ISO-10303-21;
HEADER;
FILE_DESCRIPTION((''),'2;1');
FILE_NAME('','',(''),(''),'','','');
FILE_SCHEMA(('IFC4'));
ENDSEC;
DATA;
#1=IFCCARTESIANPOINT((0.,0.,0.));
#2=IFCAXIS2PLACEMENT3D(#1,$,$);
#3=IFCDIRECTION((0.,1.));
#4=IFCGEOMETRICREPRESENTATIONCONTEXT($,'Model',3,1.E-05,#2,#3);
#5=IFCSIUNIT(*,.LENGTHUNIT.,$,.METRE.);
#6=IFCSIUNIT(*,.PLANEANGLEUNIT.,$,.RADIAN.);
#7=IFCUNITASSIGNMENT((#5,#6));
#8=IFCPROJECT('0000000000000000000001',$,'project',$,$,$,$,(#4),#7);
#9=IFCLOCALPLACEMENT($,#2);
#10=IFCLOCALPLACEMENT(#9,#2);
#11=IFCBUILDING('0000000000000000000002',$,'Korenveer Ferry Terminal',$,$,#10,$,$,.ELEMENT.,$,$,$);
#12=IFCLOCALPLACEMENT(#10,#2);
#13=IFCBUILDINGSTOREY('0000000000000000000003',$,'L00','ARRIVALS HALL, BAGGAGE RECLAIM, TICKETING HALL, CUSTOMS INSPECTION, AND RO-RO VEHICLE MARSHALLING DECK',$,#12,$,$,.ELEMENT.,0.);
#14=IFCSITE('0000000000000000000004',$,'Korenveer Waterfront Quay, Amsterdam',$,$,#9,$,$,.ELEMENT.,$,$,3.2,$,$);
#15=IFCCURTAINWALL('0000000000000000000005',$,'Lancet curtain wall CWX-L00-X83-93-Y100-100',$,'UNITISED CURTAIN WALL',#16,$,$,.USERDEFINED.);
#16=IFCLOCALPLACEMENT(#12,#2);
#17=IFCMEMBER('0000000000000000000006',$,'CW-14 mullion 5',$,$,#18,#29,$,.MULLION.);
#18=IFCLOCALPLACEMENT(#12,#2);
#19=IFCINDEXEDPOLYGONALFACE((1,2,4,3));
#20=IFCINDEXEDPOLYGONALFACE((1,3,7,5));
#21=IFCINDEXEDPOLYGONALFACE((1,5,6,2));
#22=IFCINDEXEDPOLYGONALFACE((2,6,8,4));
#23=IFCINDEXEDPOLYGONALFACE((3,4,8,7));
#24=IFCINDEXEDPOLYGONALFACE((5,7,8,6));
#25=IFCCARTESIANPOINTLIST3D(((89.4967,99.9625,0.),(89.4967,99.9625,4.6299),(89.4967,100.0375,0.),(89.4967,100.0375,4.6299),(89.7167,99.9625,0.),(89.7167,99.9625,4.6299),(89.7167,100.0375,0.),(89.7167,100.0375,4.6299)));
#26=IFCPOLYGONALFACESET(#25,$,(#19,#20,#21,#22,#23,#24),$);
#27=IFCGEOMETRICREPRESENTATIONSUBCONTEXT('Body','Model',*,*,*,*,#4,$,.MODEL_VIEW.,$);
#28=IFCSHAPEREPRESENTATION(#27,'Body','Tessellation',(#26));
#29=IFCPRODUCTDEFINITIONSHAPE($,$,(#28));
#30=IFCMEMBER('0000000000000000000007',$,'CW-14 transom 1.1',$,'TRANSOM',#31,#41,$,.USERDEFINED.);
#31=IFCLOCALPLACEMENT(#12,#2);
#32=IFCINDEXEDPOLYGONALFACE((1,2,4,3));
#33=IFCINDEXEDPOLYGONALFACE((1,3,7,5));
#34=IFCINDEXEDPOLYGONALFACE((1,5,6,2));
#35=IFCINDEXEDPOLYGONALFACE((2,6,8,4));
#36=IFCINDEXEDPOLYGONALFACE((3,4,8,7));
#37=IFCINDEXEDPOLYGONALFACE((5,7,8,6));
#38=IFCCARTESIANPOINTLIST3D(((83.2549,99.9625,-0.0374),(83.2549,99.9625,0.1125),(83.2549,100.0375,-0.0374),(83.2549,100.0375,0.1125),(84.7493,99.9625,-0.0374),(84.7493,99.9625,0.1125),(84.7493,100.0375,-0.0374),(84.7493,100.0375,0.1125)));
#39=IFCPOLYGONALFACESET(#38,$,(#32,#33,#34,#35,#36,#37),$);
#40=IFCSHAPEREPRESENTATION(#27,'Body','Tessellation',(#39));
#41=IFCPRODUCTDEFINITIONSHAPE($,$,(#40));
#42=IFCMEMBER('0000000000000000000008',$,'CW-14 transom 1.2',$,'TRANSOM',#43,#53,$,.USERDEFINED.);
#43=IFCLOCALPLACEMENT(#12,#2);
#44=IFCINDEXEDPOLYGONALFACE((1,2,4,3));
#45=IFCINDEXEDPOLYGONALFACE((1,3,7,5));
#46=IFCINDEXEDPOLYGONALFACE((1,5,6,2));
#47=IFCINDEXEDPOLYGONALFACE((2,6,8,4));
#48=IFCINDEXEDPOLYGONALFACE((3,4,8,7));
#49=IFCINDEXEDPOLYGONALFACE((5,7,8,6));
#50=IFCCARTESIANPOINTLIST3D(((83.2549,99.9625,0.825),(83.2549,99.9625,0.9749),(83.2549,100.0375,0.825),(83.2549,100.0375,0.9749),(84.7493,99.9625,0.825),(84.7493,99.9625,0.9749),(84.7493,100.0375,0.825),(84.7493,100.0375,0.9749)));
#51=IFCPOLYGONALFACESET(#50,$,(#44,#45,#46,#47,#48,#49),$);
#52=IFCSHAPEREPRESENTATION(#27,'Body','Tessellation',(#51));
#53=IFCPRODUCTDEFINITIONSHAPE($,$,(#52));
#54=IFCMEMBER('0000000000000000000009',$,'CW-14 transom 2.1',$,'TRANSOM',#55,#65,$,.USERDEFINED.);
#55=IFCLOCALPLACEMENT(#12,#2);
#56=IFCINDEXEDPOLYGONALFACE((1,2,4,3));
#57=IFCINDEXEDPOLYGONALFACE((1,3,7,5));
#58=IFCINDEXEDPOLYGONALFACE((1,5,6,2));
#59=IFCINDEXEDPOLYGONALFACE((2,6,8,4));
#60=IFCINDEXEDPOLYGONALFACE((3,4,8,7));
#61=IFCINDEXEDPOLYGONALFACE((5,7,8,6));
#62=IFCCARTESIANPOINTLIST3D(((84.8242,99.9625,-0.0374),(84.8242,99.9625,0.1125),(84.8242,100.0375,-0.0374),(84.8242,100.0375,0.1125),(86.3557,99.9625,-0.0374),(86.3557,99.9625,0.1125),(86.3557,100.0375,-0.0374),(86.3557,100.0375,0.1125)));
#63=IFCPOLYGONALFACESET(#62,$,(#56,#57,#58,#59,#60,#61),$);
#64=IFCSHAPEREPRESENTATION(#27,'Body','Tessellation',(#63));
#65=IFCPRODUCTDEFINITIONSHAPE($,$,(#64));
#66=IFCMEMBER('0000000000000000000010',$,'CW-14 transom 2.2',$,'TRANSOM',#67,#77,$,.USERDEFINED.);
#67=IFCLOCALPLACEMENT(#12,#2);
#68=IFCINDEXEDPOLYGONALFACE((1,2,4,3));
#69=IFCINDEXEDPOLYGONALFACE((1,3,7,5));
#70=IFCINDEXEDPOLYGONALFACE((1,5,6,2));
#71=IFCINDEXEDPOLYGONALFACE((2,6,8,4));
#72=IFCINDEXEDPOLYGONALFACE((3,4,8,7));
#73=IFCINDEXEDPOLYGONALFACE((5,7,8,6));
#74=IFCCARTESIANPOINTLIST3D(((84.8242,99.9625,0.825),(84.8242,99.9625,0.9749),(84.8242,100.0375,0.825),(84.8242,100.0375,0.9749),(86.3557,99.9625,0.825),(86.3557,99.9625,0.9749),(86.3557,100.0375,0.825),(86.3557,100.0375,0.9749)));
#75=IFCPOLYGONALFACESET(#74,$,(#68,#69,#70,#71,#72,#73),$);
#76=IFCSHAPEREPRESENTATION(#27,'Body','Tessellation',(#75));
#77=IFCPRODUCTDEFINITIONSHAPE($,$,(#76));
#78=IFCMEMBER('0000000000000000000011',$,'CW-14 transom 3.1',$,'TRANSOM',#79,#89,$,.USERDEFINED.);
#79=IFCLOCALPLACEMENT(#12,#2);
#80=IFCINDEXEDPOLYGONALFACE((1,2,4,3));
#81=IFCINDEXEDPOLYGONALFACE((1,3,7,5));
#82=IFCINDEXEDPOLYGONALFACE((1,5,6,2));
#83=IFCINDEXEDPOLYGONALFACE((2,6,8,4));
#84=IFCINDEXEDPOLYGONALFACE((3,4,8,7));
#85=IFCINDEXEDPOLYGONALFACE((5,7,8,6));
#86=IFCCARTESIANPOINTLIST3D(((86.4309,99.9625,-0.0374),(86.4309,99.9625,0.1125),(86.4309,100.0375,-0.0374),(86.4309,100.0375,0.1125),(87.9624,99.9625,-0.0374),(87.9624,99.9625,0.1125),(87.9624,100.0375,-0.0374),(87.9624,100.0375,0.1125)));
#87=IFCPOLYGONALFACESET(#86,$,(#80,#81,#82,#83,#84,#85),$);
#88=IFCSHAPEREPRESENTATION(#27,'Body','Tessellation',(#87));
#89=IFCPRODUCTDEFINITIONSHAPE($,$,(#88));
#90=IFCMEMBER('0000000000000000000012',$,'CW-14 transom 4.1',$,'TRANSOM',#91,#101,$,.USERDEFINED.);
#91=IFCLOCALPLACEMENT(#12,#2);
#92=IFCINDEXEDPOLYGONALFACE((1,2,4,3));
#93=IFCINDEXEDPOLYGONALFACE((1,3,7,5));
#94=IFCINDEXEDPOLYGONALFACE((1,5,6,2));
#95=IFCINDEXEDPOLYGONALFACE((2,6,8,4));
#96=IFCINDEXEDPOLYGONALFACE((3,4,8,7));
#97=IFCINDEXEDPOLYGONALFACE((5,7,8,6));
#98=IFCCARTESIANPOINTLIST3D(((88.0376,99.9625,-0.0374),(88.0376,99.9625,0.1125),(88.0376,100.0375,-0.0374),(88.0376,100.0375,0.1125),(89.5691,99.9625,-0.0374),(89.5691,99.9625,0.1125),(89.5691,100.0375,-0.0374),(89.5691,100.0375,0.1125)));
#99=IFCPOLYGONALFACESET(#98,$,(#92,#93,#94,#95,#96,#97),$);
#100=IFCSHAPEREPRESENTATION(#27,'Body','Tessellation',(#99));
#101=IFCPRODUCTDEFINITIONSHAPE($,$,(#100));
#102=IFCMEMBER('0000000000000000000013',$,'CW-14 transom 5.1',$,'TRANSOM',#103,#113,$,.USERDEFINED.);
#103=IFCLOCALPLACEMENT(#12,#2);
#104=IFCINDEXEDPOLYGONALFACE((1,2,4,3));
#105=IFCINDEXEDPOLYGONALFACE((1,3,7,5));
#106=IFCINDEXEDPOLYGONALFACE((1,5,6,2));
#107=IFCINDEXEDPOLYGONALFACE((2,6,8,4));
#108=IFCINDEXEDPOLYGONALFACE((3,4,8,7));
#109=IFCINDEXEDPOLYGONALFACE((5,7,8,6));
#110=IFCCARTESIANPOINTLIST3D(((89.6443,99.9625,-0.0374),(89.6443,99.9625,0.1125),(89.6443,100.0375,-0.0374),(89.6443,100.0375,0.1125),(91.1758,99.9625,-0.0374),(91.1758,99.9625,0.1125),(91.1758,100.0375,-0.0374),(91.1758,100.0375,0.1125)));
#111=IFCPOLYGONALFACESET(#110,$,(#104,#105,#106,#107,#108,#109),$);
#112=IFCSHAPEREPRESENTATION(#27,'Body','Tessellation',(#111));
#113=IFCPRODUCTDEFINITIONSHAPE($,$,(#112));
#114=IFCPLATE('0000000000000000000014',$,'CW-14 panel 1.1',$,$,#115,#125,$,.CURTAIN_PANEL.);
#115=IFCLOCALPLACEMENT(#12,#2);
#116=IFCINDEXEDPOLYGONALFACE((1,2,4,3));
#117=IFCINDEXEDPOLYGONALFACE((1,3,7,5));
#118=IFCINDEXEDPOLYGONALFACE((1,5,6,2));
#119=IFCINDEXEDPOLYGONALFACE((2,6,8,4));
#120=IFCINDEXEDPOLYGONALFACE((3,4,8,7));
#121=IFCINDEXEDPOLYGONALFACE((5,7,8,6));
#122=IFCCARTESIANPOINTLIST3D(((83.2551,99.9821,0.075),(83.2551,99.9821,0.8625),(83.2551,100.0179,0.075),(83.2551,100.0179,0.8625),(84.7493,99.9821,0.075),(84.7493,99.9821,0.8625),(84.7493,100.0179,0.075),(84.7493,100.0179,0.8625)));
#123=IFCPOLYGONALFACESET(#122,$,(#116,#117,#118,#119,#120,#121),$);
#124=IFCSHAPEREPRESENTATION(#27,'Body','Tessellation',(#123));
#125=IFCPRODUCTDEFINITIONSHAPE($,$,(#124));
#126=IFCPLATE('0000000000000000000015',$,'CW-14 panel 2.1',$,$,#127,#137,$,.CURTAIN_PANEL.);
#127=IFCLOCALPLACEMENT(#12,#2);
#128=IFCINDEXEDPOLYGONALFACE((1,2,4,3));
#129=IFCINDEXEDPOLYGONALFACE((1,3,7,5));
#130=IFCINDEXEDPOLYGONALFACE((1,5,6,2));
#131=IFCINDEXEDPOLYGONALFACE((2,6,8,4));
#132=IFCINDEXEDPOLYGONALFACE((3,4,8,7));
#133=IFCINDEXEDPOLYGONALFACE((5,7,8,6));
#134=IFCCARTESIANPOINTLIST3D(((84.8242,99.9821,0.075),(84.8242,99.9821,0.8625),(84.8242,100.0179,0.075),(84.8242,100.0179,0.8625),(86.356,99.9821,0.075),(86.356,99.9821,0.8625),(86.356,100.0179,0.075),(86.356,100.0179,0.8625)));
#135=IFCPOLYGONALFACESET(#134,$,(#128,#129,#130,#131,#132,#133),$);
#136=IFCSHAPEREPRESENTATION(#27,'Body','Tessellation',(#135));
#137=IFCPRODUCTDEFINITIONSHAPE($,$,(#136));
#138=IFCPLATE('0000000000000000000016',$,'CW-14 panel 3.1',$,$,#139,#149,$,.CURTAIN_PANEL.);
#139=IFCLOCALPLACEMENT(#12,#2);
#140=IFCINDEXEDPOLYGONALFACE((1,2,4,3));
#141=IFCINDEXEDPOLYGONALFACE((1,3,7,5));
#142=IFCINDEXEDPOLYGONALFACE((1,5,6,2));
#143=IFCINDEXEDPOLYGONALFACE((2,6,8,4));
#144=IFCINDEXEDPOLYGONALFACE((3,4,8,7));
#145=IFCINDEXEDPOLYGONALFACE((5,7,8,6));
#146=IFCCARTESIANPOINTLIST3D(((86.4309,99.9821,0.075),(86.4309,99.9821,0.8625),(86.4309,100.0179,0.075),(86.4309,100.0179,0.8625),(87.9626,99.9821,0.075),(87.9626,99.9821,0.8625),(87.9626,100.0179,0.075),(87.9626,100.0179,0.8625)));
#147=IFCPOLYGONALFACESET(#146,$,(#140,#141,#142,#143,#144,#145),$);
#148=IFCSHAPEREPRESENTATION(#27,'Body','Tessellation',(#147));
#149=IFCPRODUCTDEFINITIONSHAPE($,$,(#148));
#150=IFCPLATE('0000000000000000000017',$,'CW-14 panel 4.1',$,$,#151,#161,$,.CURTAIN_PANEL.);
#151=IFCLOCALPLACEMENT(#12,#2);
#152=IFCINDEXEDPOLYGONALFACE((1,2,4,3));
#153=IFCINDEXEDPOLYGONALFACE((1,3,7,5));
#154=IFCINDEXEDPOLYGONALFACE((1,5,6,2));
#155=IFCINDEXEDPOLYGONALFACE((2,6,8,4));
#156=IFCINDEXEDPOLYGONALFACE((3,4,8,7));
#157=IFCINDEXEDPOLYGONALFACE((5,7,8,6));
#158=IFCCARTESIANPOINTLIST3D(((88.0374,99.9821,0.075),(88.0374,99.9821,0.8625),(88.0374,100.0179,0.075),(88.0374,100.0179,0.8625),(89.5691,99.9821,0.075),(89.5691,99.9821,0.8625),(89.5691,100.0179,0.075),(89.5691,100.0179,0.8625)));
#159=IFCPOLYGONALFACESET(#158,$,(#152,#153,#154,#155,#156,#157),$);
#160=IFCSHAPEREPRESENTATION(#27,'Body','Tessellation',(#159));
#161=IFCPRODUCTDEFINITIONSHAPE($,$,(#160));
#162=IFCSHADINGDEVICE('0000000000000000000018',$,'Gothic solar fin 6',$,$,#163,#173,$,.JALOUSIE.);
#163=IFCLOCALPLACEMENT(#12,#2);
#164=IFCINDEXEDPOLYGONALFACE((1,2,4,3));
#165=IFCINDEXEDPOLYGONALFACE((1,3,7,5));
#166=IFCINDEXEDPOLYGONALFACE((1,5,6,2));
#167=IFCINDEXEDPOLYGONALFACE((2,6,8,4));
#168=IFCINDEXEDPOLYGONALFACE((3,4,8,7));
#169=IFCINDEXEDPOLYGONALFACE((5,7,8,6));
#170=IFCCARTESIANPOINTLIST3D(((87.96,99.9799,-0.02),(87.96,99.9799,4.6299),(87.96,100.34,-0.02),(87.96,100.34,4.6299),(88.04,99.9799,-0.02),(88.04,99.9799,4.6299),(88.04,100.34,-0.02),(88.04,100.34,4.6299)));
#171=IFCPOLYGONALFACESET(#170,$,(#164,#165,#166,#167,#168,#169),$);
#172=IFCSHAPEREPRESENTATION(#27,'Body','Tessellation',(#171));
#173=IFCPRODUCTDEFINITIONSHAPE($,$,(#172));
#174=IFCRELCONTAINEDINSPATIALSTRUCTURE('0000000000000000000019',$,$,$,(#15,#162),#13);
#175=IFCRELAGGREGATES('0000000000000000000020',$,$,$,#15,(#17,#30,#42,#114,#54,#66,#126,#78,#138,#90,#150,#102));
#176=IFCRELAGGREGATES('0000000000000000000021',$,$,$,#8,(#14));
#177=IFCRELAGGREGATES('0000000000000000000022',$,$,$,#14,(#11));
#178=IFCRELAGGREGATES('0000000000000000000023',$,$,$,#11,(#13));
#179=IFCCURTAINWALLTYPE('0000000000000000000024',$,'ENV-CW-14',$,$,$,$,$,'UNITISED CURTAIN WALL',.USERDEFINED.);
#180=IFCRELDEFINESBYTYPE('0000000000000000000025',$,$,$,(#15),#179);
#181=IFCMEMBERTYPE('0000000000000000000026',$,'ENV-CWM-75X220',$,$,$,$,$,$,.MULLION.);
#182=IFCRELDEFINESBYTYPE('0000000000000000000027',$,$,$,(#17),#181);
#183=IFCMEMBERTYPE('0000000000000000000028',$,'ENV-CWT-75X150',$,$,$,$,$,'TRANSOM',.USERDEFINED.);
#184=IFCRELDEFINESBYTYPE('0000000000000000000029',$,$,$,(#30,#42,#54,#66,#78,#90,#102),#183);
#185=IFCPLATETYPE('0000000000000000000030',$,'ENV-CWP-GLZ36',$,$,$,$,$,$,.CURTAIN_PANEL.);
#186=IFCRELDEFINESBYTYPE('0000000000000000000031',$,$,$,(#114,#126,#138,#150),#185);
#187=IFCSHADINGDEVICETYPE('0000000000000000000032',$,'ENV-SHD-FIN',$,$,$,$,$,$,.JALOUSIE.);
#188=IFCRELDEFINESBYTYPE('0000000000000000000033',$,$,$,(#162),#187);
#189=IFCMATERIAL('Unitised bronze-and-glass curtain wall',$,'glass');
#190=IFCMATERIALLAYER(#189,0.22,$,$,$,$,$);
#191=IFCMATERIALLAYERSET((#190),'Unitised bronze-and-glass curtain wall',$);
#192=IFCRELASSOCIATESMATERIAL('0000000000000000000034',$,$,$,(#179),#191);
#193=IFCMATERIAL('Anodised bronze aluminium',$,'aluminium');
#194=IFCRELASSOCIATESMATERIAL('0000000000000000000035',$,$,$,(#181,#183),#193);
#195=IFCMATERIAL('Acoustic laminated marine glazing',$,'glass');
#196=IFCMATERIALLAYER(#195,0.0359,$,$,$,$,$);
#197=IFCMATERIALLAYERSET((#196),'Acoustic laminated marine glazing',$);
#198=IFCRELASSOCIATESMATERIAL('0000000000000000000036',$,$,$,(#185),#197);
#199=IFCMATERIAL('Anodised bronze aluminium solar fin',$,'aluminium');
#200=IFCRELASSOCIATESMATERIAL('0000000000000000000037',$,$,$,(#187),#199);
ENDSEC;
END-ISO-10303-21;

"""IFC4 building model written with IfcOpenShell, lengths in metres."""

from ifc_helpers import new_model, si_unit, direction, frame, origin, origin_2d, place, context, subcontext, project, spatial, rectangle, extrude, material, layer, layer_set, material_profile, profile_set, type_object, element, aggregate, save


model = new_model("IFC4")

# Units and contexts
model_context = context("Model", 3, precision=1e-05, world=origin(), true_north=direction((0.0, 1.0)))
body_context = subcontext(model_context, "Body", "Model", "MODEL_VIEW")
ifc_project = project(units=[si_unit("LENGTHUNIT", "METRE"), si_unit("PLANEANGLEUNIT", "RADIAN")], contexts=[model_context])

# Site, building, storey
site_placement = place(None, origin())
site = spatial("IfcSite", under=ifc_project, at=site_placement, Name="Korenveer Waterfront Quay, Amsterdam", CompositionType="ELEMENT", RefElevation=3.2)
building_placement = place(site_placement, origin())
building = spatial("IfcBuilding", under=site, at=building_placement, Name="Korenveer Ferry Terminal", CompositionType="ELEMENT")
storey_placement = place(building_placement, origin())
storey = spatial("IfcBuildingStorey", under=building, at=storey_placement, Name="L00", Description="ARRIVALS HALL, BAGGAGE RECLAIM, TICKETING HALL, CUSTOMS INSPECTION, AND RO-RO VEHICLE MARSHALLING DECK", CompositionType="ELEMENT", Elevation=0.0)

# Curtain wall, members, plates
ifc_material_1 = material(Name="Unitised bronze-and-glass curtain wall", Category="glass")
ifc_layer_1 = layer(ifc_material_1, 0.22)
ifc_layer_set_1 = layer_set([ifc_layer_1], Name="Unitised bronze-and-glass curtain wall")
curtain_wall_type = type_object("IfcCurtainWallType", Name="ENV-CW-14", ElementType="UNITISED CURTAIN WALL", PredefinedType="USERDEFINED", material=ifc_layer_set_1)
curtain_wall_placement = place(storey_placement, frame((83.1799, 100.0, 0.0)))
curtain_wall = element("IfcCurtainWall", 1, at=curtain_wall_placement, inside=storey, type_object=curtain_wall_type, Name="Lancet curtain wall CWX-L00-X83-93-Y100-100", ObjectType="UNITISED CURTAIN WALL", PredefinedType="USERDEFINED")
ifc_material_2 = material(Name="Anodised bronze aluminium", Category="aluminium")
ifc_material_profile_1 = material_profile(ifc_material_2, rectangle(XDim=0.075, YDim=0.22, at=origin_2d()), Name="ALU 75x220")
ifc_profile_set_1 = profile_set([ifc_material_profile_1], Name="Anodised bronze aluminium")
member_type_1 = type_object("IfcMemberType", Name="ENV-CWM-75X220", PredefinedType="MULLION", material=ifc_profile_set_1)
member_1_placement = place(storey_placement, frame((89.6067, 100.0, 0.0), z_axis=(0.0, 0.0, 1.0), x_axis=(0.0, 1.0, 0.0)))
member_1 = element("IfcMember", 2, at=member_1_placement, type_object=member_type_1, Name="CW-14 mullion 5", PredefinedType="MULLION", context=body_context, shape_type="SweptSolid", body=[
    extrude(rectangle(XDim=0.075, YDim=0.22, at=origin_2d()), origin(), (0.0, 0.0, 1.0), 4.6299),
])
ifc_material_profile_2 = material_profile(ifc_material_2, rectangle(XDim=0.075, YDim=0.1499, at=origin_2d()), Name="ALU 75x150")
ifc_profile_set_2 = profile_set([ifc_material_profile_2], Name="Anodised bronze aluminium")
member_type_2 = type_object("IfcMemberType", Name="ENV-CWT-75X150", ElementType="TRANSOM", PredefinedType="USERDEFINED", material=ifc_profile_set_2)
member_2_placement = place(storey_placement, frame((83.2549, 100.0, 0.0376), z_axis=(1.0, 0.0, 0.0), x_axis=(0.0, 1.0, 0.0)))
member_2 = element("IfcMember", 3, at=member_2_placement, type_object=member_type_2, Name="CW-14 transom 1.1", ObjectType="TRANSOM", PredefinedType="USERDEFINED", context=body_context, shape_type="SweptSolid", body=[
    extrude(rectangle(XDim=0.075, YDim=0.1499, at=origin_2d()), origin(), (0.0, 0.0, 1.0), 1.4944),
])
member_3_placement = place(storey_placement, frame((83.2549, 100.0, 0.8999), z_axis=(1.0, 0.0, 0.0), x_axis=(0.0, 1.0, 0.0)))
member_3 = element("IfcMember", 4, at=member_3_placement, type_object=member_type_2, Name="CW-14 transom 1.2", ObjectType="TRANSOM", PredefinedType="USERDEFINED", context=body_context, shape_type="SweptSolid", body=[
    extrude(rectangle(XDim=0.075, YDim=0.1499, at=origin_2d()), origin(), (0.0, 0.0, 1.0), 1.4944),
])
member_4_placement = place(storey_placement, frame((84.8242, 100.0, 0.0376), z_axis=(1.0, 0.0, 0.0), x_axis=(0.0, 1.0, 0.0)))
member_4 = element("IfcMember", 5, at=member_4_placement, type_object=member_type_2, Name="CW-14 transom 2.1", ObjectType="TRANSOM", PredefinedType="USERDEFINED", context=body_context, shape_type="SweptSolid", body=[
    extrude(rectangle(XDim=0.075, YDim=0.1499, at=origin_2d()), origin(), (0.0, 0.0, 1.0), 1.5315),
])
member_5_placement = place(storey_placement, frame((84.8242, 100.0, 0.8999), z_axis=(1.0, 0.0, 0.0), x_axis=(0.0, 1.0, 0.0)))
member_5 = element("IfcMember", 6, at=member_5_placement, type_object=member_type_2, Name="CW-14 transom 2.2", ObjectType="TRANSOM", PredefinedType="USERDEFINED", context=body_context, shape_type="SweptSolid", body=[
    extrude(rectangle(XDim=0.075, YDim=0.1499, at=origin_2d()), origin(), (0.0, 0.0, 1.0), 1.5315),
])
member_6_placement = place(storey_placement, frame((86.4309, 100.0, 0.0376), z_axis=(1.0, 0.0, 0.0), x_axis=(0.0, 1.0, 0.0)))
member_6 = element("IfcMember", 7, at=member_6_placement, type_object=member_type_2, Name="CW-14 transom 3.1", ObjectType="TRANSOM", PredefinedType="USERDEFINED", context=body_context, shape_type="SweptSolid", body=[
    extrude(rectangle(XDim=0.075, YDim=0.1499, at=origin_2d()), origin(), (0.0, 0.0, 1.0), 1.5315),
])
member_7_placement = place(storey_placement, frame((88.0376, 100.0, 0.0376), z_axis=(1.0, 0.0, 0.0), x_axis=(0.0, 1.0, 0.0)))
member_7 = element("IfcMember", 8, at=member_7_placement, type_object=member_type_2, Name="CW-14 transom 4.1", ObjectType="TRANSOM", PredefinedType="USERDEFINED", context=body_context, shape_type="SweptSolid", body=[
    extrude(rectangle(XDim=0.075, YDim=0.1499, at=origin_2d()), origin(), (0.0, 0.0, 1.0), 1.5315),
])
member_8_placement = place(storey_placement, frame((89.6443, 100.0, 0.0376), z_axis=(1.0, 0.0, 0.0), x_axis=(0.0, 1.0, 0.0)))
member_8 = element("IfcMember", 9, at=member_8_placement, type_object=member_type_2, Name="CW-14 transom 5.1", ObjectType="TRANSOM", PredefinedType="USERDEFINED", context=body_context, shape_type="SweptSolid", body=[
    extrude(rectangle(XDim=0.075, YDim=0.1499, at=origin_2d()), origin(), (0.0, 0.0, 1.0), 1.5315),
])
ifc_material_3 = material(Name="Acoustic laminated marine glazing", Category="glass")
ifc_layer_2 = layer(ifc_material_3, 0.0359)
ifc_layer_set_2 = layer_set([ifc_layer_2], Name="Acoustic laminated marine glazing")
plate_type = type_object("IfcPlateType", Name="ENV-CWP-GLZ36", PredefinedType="CURTAIN_PANEL", material=ifc_layer_set_2)
plate_1_placement = place(storey_placement, frame((84.0022, 100.0, 0.075), z_axis=(0.0, 0.0, 1.0), x_axis=(1.0, 0.0, 0.0)))
plate_1 = element("IfcPlate", 10, at=plate_1_placement, type_object=plate_type, Name="CW-14 panel 1.1", PredefinedType="CURTAIN_PANEL", context=body_context, shape_type="SweptSolid", body=[
    extrude(rectangle(XDim=1.4941, YDim=0.0359, at=origin_2d()), origin(), (0.0, 0.0, 1.0), 0.7876),
])
plate_2_placement = place(storey_placement, frame((85.5901, 100.0, 0.075), z_axis=(0.0, 0.0, 1.0), x_axis=(1.0, 0.0, 0.0)))
plate_2 = element("IfcPlate", 11, at=plate_2_placement, type_object=plate_type, Name="CW-14 panel 2.1", PredefinedType="CURTAIN_PANEL", context=body_context, shape_type="SweptSolid", body=[
    extrude(rectangle(XDim=1.5317, YDim=0.0359, at=origin_2d()), origin(), (0.0, 0.0, 1.0), 0.7876),
])
plate_3_placement = place(storey_placement, frame((87.1968, 100.0, 0.075), z_axis=(0.0, 0.0, 1.0), x_axis=(1.0, 0.0, 0.0)))
plate_3 = element("IfcPlate", 12, at=plate_3_placement, type_object=plate_type, Name="CW-14 panel 3.1", PredefinedType="CURTAIN_PANEL", context=body_context, shape_type="SweptSolid", body=[
    extrude(rectangle(XDim=1.5317, YDim=0.0359, at=origin_2d()), origin(), (0.0, 0.0, 1.0), 0.7876),
])
plate_4_placement = place(storey_placement, frame((88.8032, 100.0, 0.075), z_axis=(0.0, 0.0, 1.0), x_axis=(1.0, 0.0, 0.0)))
plate_4 = element("IfcPlate", 13, at=plate_4_placement, type_object=plate_type, Name="CW-14 panel 4.1", PredefinedType="CURTAIN_PANEL", context=body_context, shape_type="SweptSolid", body=[
    extrude(rectangle(XDim=1.5317, YDim=0.0359, at=origin_2d()), origin(), (0.0, 0.0, 1.0), 0.7876),
])
aggregate(curtain_wall, [member_1, member_2, member_3, plate_1, member_4, member_5, plate_2, member_6, plate_3, member_7, plate_4, member_8])

# Shading device
ifc_material_4 = material(Name="Anodised bronze aluminium solar fin", Category="aluminium")
shading_device_type = type_object("IfcShadingDeviceType", Name="ENV-SHD-FIN", PredefinedType="JALOUSIE", material=ifc_material_4)
shading_device_placement = place(storey_placement, frame((88.0, 100.1599, -0.02), z_axis=(0.0, 0.0, 1.0), x_axis=(0.0, 1.0, 0.0)))
element("IfcShadingDevice", 14, at=shading_device_placement, inside=storey, type_object=shading_device_type, Name="Gothic solar fin 6", PredefinedType="JALOUSIE", context=body_context, shape_type="SweptSolid", body=[
    extrude(rectangle(XDim=0.3601, YDim=0.0801, at=origin_2d()), origin(), (0.0, 0.0, 1.0), 4.6499),
])

save(model, "model.ifc")
